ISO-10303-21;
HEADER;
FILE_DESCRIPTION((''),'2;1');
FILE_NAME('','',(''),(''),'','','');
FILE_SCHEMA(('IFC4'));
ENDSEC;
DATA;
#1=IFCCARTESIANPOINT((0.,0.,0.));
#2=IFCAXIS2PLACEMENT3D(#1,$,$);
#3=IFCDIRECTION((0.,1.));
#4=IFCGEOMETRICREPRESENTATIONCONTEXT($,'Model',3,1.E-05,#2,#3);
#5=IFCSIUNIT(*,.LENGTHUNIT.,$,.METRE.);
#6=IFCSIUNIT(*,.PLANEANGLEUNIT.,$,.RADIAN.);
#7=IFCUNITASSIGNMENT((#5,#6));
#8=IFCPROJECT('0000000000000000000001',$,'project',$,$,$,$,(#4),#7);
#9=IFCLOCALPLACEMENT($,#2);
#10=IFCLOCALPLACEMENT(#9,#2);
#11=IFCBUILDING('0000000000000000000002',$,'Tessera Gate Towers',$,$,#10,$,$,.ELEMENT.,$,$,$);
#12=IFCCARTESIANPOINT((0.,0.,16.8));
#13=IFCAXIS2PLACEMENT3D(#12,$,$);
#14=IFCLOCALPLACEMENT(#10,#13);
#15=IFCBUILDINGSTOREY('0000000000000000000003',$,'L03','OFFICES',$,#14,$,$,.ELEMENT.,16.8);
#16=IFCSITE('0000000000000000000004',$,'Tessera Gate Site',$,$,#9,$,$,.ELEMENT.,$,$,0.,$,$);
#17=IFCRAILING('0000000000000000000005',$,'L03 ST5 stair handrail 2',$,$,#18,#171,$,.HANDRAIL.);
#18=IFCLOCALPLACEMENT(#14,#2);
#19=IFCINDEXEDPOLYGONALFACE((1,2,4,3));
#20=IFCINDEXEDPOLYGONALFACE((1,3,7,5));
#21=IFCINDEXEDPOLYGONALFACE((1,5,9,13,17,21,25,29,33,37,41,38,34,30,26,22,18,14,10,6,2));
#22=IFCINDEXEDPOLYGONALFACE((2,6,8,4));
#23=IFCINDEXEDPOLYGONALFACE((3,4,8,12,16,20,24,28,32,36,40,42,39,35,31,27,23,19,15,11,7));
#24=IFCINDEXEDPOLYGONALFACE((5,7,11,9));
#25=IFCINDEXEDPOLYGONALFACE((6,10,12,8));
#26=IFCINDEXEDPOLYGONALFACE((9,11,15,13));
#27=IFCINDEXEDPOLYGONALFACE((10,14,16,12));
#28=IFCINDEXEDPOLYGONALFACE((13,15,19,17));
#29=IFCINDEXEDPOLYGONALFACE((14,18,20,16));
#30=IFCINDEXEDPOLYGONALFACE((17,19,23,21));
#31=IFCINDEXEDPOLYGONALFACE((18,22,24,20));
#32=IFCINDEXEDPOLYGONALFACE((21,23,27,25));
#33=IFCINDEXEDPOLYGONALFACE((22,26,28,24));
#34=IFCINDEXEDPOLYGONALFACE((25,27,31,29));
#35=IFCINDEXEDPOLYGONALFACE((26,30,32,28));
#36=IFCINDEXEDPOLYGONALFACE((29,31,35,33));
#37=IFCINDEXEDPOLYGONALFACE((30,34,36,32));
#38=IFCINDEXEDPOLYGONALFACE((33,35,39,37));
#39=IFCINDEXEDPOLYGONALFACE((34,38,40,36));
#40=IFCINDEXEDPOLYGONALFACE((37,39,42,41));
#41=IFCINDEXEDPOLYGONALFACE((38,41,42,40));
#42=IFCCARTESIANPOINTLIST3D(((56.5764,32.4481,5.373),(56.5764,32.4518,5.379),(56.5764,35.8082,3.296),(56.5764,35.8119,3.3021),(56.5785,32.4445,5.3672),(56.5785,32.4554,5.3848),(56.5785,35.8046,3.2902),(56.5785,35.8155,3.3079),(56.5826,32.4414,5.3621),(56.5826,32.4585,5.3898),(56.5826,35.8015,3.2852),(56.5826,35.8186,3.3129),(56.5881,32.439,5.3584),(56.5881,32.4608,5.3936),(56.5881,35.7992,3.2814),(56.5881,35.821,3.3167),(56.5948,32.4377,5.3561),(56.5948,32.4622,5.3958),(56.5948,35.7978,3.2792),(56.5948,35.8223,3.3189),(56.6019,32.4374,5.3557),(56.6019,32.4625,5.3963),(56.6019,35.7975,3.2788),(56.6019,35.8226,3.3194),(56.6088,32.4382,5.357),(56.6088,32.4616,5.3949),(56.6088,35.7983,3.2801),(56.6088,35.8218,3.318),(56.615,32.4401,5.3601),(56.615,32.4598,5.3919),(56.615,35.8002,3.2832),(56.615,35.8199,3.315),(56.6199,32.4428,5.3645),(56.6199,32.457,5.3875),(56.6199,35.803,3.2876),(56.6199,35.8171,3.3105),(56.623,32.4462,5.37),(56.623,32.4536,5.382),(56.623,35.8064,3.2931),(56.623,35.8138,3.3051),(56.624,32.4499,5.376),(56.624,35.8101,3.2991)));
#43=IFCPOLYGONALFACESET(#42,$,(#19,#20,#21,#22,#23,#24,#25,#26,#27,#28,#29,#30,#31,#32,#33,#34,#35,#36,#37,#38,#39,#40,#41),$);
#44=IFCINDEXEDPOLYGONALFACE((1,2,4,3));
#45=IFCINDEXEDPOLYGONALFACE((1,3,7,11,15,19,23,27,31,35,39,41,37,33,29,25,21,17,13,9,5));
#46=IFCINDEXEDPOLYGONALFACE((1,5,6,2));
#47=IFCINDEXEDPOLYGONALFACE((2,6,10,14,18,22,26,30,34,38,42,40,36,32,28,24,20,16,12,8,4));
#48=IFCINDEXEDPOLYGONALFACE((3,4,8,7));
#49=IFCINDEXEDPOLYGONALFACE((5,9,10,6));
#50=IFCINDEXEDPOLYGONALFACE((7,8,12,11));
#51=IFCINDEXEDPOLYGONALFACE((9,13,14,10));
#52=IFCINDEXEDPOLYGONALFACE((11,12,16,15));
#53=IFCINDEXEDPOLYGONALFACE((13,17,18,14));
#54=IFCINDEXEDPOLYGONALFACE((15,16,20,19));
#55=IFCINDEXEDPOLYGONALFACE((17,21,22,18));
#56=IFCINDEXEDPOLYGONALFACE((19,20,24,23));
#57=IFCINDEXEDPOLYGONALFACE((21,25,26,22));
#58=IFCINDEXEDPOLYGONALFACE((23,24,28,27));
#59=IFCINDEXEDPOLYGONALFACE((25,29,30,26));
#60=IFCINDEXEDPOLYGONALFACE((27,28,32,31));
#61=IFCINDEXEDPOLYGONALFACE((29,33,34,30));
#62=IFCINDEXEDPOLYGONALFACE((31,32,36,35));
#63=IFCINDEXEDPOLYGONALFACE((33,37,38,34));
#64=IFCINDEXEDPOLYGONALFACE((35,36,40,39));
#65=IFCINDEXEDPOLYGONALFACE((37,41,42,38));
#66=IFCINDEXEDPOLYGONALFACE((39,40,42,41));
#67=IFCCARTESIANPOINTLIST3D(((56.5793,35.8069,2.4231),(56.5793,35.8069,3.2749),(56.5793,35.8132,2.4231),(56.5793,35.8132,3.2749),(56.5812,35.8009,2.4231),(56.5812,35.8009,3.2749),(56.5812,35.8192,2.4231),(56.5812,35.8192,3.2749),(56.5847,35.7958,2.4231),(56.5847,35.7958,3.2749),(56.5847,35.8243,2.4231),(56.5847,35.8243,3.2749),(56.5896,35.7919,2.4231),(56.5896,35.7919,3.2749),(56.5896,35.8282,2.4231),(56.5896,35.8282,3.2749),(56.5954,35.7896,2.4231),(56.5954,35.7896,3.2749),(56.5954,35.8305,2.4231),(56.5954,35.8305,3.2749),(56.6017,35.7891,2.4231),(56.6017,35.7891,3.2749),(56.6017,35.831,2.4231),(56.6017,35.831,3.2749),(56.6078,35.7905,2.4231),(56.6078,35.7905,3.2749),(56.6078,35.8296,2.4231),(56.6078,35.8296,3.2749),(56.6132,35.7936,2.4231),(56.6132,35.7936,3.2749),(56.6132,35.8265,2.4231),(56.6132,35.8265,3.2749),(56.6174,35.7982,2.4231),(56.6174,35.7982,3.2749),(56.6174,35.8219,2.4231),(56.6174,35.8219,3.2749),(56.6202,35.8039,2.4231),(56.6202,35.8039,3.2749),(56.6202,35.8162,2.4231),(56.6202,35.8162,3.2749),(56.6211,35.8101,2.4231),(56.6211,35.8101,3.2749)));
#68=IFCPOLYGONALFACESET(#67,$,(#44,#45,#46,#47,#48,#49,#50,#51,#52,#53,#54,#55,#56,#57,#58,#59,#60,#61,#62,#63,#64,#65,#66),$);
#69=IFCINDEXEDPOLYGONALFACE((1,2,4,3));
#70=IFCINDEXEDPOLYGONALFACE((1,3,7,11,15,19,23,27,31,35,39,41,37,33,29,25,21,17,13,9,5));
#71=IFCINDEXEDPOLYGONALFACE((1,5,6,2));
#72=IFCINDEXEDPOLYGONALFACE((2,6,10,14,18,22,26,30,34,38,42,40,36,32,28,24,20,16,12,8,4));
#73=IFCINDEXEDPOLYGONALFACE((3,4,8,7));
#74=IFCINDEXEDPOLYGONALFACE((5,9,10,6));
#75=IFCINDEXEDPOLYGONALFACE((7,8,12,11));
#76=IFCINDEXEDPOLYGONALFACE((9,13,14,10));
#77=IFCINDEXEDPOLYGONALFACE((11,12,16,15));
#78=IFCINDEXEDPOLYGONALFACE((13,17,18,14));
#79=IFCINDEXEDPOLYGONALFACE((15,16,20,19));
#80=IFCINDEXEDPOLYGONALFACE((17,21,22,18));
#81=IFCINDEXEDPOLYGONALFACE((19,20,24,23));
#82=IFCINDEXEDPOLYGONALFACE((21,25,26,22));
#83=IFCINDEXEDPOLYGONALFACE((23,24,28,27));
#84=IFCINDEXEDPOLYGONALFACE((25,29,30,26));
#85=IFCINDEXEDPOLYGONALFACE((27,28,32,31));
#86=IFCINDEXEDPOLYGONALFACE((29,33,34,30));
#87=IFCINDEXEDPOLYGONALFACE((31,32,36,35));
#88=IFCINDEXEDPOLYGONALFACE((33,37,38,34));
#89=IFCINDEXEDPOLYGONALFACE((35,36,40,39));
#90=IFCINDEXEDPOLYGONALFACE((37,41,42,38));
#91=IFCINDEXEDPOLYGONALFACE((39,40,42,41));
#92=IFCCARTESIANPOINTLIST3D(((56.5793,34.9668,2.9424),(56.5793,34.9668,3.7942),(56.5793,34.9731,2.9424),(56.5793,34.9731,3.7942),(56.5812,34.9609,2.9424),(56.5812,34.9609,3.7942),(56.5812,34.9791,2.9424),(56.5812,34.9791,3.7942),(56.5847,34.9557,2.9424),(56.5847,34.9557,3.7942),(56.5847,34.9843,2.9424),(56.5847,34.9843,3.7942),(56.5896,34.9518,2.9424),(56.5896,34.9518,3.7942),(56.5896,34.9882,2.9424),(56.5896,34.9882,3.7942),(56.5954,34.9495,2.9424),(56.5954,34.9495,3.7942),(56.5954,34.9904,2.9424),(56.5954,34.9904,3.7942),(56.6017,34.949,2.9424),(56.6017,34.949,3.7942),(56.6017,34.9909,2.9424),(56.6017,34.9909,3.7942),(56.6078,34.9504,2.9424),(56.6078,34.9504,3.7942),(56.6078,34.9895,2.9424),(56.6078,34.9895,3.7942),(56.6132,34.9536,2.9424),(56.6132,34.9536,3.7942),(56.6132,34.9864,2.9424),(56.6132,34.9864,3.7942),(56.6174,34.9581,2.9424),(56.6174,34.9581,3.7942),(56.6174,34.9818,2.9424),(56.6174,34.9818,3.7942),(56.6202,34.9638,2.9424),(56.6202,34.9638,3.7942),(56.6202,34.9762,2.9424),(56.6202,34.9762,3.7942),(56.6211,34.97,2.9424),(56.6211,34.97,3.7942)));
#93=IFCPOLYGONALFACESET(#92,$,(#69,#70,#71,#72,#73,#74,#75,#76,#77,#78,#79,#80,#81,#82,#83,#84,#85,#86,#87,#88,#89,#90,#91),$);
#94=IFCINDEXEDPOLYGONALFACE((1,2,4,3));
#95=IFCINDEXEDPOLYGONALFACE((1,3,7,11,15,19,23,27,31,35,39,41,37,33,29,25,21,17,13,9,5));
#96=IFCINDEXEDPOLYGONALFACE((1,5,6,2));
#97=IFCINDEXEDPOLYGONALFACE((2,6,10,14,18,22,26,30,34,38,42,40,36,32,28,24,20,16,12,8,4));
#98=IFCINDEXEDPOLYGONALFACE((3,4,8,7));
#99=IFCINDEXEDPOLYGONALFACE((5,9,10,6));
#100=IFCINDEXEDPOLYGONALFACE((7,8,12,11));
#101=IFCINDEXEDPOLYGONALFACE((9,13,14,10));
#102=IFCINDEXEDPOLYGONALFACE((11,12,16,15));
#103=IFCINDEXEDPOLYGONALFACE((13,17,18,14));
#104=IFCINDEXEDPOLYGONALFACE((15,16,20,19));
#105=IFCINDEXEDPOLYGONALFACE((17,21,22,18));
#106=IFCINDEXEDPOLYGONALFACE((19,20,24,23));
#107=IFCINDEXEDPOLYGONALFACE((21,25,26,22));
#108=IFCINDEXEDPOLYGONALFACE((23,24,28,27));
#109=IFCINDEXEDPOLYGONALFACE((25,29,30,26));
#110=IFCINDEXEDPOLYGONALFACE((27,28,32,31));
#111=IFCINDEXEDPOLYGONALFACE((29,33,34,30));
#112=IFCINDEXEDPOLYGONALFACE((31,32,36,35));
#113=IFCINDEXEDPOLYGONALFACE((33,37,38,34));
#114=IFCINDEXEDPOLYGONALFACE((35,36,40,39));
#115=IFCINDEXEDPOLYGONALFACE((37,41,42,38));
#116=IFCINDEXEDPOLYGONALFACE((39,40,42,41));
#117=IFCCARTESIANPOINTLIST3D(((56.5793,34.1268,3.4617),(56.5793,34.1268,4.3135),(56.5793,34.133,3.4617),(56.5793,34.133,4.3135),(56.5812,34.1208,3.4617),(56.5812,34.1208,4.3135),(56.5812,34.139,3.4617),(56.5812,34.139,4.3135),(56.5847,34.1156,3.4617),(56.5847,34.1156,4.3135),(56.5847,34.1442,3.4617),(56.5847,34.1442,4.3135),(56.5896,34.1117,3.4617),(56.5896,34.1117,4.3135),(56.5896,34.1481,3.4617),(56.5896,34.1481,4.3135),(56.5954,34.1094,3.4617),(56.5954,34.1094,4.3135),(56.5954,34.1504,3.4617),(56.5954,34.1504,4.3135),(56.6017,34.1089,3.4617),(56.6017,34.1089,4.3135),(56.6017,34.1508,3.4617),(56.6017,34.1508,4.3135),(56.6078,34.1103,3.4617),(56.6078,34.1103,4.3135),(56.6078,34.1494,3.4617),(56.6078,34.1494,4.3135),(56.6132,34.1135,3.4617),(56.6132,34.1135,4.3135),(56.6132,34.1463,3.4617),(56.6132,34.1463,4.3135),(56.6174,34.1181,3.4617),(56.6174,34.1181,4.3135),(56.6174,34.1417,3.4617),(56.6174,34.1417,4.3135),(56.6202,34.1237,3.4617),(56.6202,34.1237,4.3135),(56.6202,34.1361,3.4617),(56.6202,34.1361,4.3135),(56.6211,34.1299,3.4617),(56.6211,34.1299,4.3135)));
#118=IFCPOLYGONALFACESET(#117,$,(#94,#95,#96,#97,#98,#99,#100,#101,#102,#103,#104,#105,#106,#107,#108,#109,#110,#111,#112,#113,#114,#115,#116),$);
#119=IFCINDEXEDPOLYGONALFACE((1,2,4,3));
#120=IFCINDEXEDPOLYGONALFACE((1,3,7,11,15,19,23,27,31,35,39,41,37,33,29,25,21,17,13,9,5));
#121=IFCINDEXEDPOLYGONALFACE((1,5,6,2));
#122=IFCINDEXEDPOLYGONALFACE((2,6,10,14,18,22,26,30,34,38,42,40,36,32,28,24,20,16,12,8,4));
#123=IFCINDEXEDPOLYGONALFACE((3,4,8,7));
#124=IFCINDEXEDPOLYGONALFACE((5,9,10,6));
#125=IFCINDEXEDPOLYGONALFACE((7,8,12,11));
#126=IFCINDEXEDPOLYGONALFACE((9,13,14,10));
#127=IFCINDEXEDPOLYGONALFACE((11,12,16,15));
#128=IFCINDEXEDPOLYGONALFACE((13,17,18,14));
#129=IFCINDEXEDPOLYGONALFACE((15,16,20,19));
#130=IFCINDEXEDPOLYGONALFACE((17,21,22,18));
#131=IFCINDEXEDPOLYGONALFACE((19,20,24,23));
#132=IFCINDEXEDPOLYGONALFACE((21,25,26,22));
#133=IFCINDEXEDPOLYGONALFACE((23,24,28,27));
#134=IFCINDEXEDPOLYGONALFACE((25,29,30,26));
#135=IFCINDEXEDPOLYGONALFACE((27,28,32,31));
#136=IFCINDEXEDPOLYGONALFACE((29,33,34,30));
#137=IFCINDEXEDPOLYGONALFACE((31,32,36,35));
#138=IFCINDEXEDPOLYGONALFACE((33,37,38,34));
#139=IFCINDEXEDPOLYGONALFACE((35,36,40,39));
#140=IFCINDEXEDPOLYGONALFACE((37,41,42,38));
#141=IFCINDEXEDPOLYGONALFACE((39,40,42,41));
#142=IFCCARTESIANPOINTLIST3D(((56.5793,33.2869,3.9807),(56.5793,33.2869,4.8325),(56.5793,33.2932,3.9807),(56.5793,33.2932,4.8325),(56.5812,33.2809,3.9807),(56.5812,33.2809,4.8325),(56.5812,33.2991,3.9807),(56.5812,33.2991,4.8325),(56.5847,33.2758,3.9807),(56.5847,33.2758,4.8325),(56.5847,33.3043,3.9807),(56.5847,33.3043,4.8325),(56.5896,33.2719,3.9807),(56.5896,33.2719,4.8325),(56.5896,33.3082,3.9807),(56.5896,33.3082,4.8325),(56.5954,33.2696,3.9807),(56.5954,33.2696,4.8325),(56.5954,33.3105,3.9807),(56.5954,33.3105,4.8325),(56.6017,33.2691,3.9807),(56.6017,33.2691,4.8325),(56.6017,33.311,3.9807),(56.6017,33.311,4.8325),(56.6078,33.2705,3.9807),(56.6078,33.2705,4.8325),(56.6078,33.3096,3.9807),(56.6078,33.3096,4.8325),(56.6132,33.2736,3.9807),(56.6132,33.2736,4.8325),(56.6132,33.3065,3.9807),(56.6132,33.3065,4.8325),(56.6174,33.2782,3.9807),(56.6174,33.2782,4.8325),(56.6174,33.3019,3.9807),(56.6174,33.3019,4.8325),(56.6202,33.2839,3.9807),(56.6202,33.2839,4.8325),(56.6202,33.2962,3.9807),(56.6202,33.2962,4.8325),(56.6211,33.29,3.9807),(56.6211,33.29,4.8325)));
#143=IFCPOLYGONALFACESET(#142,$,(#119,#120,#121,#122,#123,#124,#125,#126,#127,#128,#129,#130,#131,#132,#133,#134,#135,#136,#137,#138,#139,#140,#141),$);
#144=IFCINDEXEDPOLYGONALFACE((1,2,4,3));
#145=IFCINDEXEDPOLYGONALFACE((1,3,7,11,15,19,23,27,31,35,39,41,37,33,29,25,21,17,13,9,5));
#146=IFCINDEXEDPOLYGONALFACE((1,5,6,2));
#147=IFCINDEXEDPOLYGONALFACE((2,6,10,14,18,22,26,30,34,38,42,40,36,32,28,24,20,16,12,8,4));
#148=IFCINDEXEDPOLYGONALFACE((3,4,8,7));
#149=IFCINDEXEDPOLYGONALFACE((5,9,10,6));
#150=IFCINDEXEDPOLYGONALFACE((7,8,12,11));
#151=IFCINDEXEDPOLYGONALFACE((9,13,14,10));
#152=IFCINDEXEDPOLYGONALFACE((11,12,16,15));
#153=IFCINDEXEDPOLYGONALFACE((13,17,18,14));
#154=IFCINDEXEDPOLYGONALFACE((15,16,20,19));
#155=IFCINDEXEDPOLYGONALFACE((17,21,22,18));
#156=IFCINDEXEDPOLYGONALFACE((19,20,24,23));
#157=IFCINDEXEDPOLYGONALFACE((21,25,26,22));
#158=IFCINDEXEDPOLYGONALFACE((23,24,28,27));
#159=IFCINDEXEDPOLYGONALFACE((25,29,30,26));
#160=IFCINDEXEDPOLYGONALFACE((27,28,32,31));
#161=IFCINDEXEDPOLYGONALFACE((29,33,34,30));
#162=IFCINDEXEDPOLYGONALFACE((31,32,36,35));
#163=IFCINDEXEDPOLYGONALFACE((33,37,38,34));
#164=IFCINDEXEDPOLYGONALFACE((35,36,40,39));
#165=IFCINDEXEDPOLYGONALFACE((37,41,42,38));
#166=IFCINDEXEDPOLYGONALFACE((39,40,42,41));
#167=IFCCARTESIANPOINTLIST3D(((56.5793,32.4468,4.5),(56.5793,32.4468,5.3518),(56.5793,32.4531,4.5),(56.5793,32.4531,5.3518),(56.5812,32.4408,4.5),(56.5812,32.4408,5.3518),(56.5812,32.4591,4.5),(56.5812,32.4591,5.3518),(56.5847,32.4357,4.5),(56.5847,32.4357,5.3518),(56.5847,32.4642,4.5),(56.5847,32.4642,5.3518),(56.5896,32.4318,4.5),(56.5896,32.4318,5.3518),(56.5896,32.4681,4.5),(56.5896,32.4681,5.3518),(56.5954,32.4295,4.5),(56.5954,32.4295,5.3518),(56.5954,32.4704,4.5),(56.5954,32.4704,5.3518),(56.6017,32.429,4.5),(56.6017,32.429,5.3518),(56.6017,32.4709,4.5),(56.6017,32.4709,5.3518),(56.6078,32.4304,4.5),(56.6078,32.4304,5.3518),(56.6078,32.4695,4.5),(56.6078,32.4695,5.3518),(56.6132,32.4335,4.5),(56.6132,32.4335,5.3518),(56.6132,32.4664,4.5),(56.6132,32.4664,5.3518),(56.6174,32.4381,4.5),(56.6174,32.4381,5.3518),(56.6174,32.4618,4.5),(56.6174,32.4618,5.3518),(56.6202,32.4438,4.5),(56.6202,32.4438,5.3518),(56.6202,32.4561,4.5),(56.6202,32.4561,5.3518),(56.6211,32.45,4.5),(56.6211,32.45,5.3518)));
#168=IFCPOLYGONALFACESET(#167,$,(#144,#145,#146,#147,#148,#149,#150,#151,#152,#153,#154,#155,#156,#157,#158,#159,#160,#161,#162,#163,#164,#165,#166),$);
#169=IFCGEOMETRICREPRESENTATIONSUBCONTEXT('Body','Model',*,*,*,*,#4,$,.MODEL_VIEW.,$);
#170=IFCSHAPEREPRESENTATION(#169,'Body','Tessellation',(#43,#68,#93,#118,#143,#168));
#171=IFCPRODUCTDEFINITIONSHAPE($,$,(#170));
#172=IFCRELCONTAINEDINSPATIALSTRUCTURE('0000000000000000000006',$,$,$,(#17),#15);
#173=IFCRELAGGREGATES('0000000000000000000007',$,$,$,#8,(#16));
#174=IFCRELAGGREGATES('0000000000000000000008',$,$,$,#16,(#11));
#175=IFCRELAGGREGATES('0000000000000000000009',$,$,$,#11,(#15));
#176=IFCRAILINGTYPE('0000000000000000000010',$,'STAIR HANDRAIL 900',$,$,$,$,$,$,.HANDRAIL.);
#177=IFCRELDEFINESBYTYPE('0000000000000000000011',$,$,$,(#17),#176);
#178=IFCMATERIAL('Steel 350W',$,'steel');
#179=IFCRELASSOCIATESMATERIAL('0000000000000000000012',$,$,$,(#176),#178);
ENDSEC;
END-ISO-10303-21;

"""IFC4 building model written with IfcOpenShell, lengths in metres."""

from ifc_helpers import new_model, si_unit, direction, frame, origin, origin_2d, place, context, subcontext, project, spatial, circle, extrude, material, type_object, element, save


model = new_model("IFC4")

# Units and contexts
model_context = context("Model", 3, precision=1e-05, world=origin(), true_north=direction((0.0, 1.0)))
body_context = subcontext(model_context, "Body", "Model", "MODEL_VIEW")
ifc_project = project(units=[si_unit("LENGTHUNIT", "METRE"), si_unit("PLANEANGLEUNIT", "RADIAN")], contexts=[model_context])

# Site, building, storey
site_placement = place(None, origin())
site = spatial("IfcSite", under=ifc_project, at=site_placement, Name="Tessera Gate Site", CompositionType="ELEMENT", RefElevation=0.0)
building_placement = place(site_placement, origin())
building = spatial("IfcBuilding", under=site, at=building_placement, Name="Tessera Gate Towers", CompositionType="ELEMENT")
storey_placement = place(building_placement, frame((0.0, 0.0, 16.8)))
storey = spatial("IfcBuildingStorey", under=building, at=storey_placement, Name="L03", Description="OFFICES", CompositionType="ELEMENT", Elevation=16.8)

# Railing
ifc_material_1 = material(Name="Steel 350W", Category="steel")
railing_type_1 = type_object("IfcRailingType", Name="STAIR HANDRAIL 900", PredefinedType="HANDRAIL", material=ifc_material_1)
railing_1_placement = place(storey_placement, frame((56.6001, 35.8101, 2.4231)))
element("IfcRailing", 1, at=railing_1_placement, inside=storey, type_object=railing_type_1, Name="L03 ST5 stair handrail 2", PredefinedType="HANDRAIL", context=body_context, shape_type="SweptSolid", body=[
    extrude(circle(Radius=0.0239, at=origin_2d()), frame((0.0, 0.0, 0.876), z_axis=(0.0, -0.850623, 0.525776), x_axis=(1.0, 0.0, 0.0)), (0.0, 0.0, 1.0), 3.9502),
    extrude(circle(Radius=0.021, at=origin_2d()), origin(), (0.0, 0.0, 1.0), 0.8518),
    extrude(circle(Radius=0.021, at=origin_2d()), frame((0.0, -0.8401, 0.5193)), (0.0, 0.0, 1.0), 0.8518),
    extrude(circle(Radius=0.021, at=origin_2d()), frame((0.0, -1.6802, 1.0386)), (0.0, 0.0, 1.0), 0.8518),
    extrude(circle(Radius=0.021, at=origin_2d()), frame((0.0, -2.52, 1.5576)), (0.0, 0.0, 1.0), 0.8518),
    extrude(circle(Radius=0.021, at=origin_2d()), frame((0.0, -3.3601, 2.0769)), (0.0, 0.0, 1.0), 0.8518),
])

save(model, "model.ifc")
